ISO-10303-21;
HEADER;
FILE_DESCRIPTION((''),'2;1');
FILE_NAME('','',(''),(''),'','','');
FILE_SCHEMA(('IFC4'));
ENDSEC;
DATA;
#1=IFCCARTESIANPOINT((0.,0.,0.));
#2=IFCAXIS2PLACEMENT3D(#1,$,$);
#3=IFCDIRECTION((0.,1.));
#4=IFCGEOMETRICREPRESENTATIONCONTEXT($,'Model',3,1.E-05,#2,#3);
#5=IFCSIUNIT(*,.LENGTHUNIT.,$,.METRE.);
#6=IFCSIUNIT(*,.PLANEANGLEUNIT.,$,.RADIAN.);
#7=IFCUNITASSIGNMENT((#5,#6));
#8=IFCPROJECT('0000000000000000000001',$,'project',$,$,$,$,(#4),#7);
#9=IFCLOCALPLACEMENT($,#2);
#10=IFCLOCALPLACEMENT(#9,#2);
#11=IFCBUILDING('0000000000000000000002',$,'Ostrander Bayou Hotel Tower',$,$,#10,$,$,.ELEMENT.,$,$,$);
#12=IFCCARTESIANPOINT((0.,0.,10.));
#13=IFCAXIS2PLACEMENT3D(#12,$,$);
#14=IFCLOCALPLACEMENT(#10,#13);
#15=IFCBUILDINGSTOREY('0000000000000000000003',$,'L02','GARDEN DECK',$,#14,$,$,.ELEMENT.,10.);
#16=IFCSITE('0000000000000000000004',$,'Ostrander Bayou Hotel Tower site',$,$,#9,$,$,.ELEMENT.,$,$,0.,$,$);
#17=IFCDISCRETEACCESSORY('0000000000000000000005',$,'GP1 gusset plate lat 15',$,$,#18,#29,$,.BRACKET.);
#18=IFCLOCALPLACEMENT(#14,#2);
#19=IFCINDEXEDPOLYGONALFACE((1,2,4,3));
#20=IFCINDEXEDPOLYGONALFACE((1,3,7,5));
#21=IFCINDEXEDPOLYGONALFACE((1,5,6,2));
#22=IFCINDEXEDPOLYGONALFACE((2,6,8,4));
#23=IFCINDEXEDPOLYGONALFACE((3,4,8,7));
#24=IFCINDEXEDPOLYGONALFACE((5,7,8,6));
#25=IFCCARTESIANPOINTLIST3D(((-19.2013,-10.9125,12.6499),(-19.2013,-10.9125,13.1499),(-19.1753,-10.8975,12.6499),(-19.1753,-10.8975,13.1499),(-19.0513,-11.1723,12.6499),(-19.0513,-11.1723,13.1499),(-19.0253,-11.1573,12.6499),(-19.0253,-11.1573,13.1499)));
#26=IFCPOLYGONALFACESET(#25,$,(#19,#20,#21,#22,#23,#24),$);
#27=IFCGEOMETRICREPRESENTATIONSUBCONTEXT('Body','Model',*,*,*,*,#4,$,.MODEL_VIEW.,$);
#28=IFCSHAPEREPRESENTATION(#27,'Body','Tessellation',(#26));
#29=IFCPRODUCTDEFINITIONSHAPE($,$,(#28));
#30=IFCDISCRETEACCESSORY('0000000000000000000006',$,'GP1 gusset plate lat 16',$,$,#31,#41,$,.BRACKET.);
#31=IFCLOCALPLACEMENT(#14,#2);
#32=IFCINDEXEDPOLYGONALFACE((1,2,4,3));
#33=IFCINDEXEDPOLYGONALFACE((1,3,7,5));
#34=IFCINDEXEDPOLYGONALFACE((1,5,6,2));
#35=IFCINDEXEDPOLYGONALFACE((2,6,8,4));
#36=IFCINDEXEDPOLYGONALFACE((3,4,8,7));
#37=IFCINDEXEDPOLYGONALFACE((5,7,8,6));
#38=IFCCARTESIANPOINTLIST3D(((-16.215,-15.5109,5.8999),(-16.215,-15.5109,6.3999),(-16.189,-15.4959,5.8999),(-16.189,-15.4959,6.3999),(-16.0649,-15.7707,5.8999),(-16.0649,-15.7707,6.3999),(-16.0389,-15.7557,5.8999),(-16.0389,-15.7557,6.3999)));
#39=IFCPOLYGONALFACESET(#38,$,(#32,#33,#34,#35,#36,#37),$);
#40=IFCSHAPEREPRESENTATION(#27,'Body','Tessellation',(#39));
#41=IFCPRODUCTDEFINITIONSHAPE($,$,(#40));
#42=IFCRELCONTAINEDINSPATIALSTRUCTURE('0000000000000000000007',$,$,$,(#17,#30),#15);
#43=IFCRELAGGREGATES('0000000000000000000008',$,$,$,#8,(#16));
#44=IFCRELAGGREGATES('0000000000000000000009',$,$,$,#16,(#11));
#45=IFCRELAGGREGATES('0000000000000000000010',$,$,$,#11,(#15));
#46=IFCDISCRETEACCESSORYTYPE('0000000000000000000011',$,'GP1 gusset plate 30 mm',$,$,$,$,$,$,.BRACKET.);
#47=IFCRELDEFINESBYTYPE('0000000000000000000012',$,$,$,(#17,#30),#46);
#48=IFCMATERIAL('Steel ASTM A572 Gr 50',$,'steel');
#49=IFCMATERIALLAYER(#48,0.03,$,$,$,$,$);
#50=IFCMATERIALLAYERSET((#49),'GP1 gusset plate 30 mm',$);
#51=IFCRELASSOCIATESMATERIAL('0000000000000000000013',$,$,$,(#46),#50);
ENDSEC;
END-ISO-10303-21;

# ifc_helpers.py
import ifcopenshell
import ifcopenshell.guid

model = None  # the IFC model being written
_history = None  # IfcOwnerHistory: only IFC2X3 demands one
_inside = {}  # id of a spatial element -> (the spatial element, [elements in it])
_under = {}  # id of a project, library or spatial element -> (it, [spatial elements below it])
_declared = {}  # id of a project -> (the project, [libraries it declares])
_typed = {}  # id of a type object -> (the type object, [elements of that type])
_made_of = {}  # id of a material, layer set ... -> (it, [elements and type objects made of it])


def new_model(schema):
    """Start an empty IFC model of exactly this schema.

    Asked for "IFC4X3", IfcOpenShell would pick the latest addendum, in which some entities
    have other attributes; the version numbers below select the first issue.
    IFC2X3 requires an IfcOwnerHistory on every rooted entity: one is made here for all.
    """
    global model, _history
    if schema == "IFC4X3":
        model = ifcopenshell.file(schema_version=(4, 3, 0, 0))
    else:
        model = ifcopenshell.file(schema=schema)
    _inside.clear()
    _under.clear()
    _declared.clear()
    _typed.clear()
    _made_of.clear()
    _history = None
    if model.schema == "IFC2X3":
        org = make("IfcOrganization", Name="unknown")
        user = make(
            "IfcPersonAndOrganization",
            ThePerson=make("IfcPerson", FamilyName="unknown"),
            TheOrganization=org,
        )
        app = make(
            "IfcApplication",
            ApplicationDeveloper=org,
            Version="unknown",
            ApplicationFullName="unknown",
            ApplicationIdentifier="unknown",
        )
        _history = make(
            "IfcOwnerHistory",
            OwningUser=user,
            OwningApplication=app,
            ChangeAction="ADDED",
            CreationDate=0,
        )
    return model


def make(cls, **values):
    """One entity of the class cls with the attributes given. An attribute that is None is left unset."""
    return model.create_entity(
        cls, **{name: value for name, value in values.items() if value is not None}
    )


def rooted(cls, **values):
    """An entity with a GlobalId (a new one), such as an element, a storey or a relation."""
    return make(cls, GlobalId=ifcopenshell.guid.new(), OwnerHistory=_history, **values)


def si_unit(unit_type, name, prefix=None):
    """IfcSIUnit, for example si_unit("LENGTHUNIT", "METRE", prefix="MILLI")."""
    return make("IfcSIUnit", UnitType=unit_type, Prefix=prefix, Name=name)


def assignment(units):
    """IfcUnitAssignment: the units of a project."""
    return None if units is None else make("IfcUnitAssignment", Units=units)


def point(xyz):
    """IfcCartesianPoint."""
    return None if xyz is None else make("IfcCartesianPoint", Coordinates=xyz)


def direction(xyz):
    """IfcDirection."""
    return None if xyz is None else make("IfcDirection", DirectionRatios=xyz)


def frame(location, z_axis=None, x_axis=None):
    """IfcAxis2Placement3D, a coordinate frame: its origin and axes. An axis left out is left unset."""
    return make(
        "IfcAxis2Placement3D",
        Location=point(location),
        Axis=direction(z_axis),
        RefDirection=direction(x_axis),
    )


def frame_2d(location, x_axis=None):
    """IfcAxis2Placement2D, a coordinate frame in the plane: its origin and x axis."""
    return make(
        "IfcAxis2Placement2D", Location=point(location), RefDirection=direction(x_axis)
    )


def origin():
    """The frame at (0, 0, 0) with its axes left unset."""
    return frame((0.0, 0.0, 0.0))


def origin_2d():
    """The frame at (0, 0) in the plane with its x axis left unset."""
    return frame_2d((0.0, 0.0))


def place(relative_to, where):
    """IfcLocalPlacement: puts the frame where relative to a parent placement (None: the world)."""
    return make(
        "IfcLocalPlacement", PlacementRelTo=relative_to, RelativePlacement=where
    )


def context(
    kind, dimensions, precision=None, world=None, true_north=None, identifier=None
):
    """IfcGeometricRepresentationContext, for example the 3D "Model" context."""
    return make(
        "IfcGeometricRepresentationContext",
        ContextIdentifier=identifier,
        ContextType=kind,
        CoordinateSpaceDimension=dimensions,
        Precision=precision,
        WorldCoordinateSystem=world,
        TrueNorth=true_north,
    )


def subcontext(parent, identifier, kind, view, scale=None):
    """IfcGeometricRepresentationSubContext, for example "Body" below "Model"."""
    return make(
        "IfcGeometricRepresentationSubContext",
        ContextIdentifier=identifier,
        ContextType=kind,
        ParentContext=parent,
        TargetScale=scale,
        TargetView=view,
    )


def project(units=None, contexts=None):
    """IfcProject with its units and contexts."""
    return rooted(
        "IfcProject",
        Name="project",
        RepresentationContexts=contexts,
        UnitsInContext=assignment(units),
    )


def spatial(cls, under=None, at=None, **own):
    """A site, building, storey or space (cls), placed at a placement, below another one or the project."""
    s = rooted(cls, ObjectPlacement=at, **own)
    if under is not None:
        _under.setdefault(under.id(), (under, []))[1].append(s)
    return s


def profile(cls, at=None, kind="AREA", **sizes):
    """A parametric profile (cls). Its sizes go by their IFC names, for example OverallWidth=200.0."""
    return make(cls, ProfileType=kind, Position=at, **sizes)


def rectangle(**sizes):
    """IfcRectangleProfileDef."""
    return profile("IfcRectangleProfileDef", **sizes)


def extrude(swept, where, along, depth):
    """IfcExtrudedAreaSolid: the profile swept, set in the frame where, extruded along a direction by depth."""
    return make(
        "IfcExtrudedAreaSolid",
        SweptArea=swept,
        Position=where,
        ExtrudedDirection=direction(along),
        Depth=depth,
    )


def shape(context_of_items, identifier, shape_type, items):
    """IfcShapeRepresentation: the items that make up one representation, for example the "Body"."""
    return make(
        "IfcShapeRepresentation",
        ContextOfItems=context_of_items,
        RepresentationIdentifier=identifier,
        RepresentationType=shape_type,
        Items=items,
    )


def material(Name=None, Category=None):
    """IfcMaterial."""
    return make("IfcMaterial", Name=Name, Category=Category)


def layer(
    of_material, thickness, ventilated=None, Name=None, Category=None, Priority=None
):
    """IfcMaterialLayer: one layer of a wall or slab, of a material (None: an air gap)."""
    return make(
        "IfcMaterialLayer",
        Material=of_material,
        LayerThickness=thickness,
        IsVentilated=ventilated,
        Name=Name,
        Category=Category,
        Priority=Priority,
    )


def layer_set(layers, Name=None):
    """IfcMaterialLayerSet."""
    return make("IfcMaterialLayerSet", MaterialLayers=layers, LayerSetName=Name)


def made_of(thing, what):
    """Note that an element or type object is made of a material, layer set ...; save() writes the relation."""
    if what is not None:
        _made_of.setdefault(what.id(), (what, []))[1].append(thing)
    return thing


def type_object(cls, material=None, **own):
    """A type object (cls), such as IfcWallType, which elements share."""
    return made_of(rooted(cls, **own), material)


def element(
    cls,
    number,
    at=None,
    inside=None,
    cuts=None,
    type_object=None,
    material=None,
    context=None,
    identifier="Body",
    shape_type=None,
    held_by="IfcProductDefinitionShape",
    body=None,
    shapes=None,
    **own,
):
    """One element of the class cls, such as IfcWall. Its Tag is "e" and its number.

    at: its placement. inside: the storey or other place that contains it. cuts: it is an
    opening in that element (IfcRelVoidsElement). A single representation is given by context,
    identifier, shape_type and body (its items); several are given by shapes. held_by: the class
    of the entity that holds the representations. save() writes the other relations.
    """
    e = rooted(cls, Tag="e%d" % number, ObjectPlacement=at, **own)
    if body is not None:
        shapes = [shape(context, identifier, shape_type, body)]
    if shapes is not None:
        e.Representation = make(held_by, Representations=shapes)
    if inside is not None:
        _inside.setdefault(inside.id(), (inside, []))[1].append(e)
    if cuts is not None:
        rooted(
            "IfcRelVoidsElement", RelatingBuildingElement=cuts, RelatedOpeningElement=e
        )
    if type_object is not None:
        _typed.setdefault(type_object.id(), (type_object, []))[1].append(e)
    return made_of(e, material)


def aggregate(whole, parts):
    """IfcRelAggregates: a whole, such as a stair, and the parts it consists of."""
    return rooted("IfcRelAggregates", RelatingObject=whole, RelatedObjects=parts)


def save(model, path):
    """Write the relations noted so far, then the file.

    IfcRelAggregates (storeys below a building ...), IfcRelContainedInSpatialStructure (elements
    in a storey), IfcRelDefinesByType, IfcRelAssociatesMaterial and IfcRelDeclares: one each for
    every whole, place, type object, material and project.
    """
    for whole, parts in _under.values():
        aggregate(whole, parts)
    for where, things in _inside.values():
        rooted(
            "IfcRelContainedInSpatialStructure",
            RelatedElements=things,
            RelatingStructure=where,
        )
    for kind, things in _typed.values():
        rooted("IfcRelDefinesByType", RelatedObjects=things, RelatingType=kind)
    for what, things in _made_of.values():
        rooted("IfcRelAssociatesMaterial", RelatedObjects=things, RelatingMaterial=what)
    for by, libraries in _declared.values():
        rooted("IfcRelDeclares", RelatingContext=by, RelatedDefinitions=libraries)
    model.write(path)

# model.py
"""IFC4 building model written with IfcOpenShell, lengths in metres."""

from ifc_helpers import new_model, si_unit, direction, frame, origin, origin_2d, place, context, subcontext, project, spatial, rectangle, extrude, material, layer, layer_set, type_object, element, save


model = new_model("IFC4")

# Units and contexts
model_context = context("Model", 3, precision=1e-05, world=origin(), true_north=direction((0.0, 1.0)))
body_context = subcontext(model_context, "Body", "Model", "MODEL_VIEW")
ifc_project = project(units=[si_unit("LENGTHUNIT", "METRE"), si_unit("PLANEANGLEUNIT", "RADIAN")], contexts=[model_context])

# Site, building, storey
site_placement = place(None, origin())
site = spatial("IfcSite", under=ifc_project, at=site_placement, Name="Ostrander Bayou Hotel Tower site", CompositionType="ELEMENT", RefElevation=0.0)
building_placement = place(site_placement, origin())
building = spatial("IfcBuilding", under=site, at=building_placement, Name="Ostrander Bayou Hotel Tower", CompositionType="ELEMENT")
storey_placement = place(building_placement, frame((0.0, 0.0, 10.0)))
storey = spatial("IfcBuildingStorey", under=building, at=storey_placement, Name="L02", Description="GARDEN DECK", CompositionType="ELEMENT", Elevation=10.0)

# Discrete accessories
ifc_material_1 = material(Name="Steel ASTM A572 Gr 50", Category="steel")
ifc_layer_1 = layer(ifc_material_1, 0.03)
ifc_layer_set_1 = layer_set([ifc_layer_1], Name="GP1 gusset plate 30 mm")
discrete_accessory_type = type_object("IfcDiscreteAccessoryType", Name="GP1 gusset plate 30 mm", PredefinedType="BRACKET", material=ifc_layer_set_1)
for number, where, z_axis, x_axis, name in (
    (1, (-19.1133, -11.0349, 12.6499), (0.0, 0.0, 1.0), (0.5, -0.866025, 0.0), "GP1 gusset plate lat 15"),
    (2, (-16.127, -15.6333, 5.8999), (0.0, 0.0, 1.0), (0.5, -0.866025, 0.0), "GP1 gusset plate lat 16"),
):
    element("IfcDiscreteAccessory", number, at=place(storey_placement, frame(where, z_axis=z_axis, x_axis=x_axis)), inside=storey, type_object=discrete_accessory_type, Name=name, PredefinedType="BRACKET", context=body_context, shape_type="SweptSolid", body=[
        extrude(rectangle(XDim=0.3, YDim=0.03, at=origin_2d()), origin(), (0.0, 0.0, 1.0), 0.5),
    ])

save(model, "model.ifc")
